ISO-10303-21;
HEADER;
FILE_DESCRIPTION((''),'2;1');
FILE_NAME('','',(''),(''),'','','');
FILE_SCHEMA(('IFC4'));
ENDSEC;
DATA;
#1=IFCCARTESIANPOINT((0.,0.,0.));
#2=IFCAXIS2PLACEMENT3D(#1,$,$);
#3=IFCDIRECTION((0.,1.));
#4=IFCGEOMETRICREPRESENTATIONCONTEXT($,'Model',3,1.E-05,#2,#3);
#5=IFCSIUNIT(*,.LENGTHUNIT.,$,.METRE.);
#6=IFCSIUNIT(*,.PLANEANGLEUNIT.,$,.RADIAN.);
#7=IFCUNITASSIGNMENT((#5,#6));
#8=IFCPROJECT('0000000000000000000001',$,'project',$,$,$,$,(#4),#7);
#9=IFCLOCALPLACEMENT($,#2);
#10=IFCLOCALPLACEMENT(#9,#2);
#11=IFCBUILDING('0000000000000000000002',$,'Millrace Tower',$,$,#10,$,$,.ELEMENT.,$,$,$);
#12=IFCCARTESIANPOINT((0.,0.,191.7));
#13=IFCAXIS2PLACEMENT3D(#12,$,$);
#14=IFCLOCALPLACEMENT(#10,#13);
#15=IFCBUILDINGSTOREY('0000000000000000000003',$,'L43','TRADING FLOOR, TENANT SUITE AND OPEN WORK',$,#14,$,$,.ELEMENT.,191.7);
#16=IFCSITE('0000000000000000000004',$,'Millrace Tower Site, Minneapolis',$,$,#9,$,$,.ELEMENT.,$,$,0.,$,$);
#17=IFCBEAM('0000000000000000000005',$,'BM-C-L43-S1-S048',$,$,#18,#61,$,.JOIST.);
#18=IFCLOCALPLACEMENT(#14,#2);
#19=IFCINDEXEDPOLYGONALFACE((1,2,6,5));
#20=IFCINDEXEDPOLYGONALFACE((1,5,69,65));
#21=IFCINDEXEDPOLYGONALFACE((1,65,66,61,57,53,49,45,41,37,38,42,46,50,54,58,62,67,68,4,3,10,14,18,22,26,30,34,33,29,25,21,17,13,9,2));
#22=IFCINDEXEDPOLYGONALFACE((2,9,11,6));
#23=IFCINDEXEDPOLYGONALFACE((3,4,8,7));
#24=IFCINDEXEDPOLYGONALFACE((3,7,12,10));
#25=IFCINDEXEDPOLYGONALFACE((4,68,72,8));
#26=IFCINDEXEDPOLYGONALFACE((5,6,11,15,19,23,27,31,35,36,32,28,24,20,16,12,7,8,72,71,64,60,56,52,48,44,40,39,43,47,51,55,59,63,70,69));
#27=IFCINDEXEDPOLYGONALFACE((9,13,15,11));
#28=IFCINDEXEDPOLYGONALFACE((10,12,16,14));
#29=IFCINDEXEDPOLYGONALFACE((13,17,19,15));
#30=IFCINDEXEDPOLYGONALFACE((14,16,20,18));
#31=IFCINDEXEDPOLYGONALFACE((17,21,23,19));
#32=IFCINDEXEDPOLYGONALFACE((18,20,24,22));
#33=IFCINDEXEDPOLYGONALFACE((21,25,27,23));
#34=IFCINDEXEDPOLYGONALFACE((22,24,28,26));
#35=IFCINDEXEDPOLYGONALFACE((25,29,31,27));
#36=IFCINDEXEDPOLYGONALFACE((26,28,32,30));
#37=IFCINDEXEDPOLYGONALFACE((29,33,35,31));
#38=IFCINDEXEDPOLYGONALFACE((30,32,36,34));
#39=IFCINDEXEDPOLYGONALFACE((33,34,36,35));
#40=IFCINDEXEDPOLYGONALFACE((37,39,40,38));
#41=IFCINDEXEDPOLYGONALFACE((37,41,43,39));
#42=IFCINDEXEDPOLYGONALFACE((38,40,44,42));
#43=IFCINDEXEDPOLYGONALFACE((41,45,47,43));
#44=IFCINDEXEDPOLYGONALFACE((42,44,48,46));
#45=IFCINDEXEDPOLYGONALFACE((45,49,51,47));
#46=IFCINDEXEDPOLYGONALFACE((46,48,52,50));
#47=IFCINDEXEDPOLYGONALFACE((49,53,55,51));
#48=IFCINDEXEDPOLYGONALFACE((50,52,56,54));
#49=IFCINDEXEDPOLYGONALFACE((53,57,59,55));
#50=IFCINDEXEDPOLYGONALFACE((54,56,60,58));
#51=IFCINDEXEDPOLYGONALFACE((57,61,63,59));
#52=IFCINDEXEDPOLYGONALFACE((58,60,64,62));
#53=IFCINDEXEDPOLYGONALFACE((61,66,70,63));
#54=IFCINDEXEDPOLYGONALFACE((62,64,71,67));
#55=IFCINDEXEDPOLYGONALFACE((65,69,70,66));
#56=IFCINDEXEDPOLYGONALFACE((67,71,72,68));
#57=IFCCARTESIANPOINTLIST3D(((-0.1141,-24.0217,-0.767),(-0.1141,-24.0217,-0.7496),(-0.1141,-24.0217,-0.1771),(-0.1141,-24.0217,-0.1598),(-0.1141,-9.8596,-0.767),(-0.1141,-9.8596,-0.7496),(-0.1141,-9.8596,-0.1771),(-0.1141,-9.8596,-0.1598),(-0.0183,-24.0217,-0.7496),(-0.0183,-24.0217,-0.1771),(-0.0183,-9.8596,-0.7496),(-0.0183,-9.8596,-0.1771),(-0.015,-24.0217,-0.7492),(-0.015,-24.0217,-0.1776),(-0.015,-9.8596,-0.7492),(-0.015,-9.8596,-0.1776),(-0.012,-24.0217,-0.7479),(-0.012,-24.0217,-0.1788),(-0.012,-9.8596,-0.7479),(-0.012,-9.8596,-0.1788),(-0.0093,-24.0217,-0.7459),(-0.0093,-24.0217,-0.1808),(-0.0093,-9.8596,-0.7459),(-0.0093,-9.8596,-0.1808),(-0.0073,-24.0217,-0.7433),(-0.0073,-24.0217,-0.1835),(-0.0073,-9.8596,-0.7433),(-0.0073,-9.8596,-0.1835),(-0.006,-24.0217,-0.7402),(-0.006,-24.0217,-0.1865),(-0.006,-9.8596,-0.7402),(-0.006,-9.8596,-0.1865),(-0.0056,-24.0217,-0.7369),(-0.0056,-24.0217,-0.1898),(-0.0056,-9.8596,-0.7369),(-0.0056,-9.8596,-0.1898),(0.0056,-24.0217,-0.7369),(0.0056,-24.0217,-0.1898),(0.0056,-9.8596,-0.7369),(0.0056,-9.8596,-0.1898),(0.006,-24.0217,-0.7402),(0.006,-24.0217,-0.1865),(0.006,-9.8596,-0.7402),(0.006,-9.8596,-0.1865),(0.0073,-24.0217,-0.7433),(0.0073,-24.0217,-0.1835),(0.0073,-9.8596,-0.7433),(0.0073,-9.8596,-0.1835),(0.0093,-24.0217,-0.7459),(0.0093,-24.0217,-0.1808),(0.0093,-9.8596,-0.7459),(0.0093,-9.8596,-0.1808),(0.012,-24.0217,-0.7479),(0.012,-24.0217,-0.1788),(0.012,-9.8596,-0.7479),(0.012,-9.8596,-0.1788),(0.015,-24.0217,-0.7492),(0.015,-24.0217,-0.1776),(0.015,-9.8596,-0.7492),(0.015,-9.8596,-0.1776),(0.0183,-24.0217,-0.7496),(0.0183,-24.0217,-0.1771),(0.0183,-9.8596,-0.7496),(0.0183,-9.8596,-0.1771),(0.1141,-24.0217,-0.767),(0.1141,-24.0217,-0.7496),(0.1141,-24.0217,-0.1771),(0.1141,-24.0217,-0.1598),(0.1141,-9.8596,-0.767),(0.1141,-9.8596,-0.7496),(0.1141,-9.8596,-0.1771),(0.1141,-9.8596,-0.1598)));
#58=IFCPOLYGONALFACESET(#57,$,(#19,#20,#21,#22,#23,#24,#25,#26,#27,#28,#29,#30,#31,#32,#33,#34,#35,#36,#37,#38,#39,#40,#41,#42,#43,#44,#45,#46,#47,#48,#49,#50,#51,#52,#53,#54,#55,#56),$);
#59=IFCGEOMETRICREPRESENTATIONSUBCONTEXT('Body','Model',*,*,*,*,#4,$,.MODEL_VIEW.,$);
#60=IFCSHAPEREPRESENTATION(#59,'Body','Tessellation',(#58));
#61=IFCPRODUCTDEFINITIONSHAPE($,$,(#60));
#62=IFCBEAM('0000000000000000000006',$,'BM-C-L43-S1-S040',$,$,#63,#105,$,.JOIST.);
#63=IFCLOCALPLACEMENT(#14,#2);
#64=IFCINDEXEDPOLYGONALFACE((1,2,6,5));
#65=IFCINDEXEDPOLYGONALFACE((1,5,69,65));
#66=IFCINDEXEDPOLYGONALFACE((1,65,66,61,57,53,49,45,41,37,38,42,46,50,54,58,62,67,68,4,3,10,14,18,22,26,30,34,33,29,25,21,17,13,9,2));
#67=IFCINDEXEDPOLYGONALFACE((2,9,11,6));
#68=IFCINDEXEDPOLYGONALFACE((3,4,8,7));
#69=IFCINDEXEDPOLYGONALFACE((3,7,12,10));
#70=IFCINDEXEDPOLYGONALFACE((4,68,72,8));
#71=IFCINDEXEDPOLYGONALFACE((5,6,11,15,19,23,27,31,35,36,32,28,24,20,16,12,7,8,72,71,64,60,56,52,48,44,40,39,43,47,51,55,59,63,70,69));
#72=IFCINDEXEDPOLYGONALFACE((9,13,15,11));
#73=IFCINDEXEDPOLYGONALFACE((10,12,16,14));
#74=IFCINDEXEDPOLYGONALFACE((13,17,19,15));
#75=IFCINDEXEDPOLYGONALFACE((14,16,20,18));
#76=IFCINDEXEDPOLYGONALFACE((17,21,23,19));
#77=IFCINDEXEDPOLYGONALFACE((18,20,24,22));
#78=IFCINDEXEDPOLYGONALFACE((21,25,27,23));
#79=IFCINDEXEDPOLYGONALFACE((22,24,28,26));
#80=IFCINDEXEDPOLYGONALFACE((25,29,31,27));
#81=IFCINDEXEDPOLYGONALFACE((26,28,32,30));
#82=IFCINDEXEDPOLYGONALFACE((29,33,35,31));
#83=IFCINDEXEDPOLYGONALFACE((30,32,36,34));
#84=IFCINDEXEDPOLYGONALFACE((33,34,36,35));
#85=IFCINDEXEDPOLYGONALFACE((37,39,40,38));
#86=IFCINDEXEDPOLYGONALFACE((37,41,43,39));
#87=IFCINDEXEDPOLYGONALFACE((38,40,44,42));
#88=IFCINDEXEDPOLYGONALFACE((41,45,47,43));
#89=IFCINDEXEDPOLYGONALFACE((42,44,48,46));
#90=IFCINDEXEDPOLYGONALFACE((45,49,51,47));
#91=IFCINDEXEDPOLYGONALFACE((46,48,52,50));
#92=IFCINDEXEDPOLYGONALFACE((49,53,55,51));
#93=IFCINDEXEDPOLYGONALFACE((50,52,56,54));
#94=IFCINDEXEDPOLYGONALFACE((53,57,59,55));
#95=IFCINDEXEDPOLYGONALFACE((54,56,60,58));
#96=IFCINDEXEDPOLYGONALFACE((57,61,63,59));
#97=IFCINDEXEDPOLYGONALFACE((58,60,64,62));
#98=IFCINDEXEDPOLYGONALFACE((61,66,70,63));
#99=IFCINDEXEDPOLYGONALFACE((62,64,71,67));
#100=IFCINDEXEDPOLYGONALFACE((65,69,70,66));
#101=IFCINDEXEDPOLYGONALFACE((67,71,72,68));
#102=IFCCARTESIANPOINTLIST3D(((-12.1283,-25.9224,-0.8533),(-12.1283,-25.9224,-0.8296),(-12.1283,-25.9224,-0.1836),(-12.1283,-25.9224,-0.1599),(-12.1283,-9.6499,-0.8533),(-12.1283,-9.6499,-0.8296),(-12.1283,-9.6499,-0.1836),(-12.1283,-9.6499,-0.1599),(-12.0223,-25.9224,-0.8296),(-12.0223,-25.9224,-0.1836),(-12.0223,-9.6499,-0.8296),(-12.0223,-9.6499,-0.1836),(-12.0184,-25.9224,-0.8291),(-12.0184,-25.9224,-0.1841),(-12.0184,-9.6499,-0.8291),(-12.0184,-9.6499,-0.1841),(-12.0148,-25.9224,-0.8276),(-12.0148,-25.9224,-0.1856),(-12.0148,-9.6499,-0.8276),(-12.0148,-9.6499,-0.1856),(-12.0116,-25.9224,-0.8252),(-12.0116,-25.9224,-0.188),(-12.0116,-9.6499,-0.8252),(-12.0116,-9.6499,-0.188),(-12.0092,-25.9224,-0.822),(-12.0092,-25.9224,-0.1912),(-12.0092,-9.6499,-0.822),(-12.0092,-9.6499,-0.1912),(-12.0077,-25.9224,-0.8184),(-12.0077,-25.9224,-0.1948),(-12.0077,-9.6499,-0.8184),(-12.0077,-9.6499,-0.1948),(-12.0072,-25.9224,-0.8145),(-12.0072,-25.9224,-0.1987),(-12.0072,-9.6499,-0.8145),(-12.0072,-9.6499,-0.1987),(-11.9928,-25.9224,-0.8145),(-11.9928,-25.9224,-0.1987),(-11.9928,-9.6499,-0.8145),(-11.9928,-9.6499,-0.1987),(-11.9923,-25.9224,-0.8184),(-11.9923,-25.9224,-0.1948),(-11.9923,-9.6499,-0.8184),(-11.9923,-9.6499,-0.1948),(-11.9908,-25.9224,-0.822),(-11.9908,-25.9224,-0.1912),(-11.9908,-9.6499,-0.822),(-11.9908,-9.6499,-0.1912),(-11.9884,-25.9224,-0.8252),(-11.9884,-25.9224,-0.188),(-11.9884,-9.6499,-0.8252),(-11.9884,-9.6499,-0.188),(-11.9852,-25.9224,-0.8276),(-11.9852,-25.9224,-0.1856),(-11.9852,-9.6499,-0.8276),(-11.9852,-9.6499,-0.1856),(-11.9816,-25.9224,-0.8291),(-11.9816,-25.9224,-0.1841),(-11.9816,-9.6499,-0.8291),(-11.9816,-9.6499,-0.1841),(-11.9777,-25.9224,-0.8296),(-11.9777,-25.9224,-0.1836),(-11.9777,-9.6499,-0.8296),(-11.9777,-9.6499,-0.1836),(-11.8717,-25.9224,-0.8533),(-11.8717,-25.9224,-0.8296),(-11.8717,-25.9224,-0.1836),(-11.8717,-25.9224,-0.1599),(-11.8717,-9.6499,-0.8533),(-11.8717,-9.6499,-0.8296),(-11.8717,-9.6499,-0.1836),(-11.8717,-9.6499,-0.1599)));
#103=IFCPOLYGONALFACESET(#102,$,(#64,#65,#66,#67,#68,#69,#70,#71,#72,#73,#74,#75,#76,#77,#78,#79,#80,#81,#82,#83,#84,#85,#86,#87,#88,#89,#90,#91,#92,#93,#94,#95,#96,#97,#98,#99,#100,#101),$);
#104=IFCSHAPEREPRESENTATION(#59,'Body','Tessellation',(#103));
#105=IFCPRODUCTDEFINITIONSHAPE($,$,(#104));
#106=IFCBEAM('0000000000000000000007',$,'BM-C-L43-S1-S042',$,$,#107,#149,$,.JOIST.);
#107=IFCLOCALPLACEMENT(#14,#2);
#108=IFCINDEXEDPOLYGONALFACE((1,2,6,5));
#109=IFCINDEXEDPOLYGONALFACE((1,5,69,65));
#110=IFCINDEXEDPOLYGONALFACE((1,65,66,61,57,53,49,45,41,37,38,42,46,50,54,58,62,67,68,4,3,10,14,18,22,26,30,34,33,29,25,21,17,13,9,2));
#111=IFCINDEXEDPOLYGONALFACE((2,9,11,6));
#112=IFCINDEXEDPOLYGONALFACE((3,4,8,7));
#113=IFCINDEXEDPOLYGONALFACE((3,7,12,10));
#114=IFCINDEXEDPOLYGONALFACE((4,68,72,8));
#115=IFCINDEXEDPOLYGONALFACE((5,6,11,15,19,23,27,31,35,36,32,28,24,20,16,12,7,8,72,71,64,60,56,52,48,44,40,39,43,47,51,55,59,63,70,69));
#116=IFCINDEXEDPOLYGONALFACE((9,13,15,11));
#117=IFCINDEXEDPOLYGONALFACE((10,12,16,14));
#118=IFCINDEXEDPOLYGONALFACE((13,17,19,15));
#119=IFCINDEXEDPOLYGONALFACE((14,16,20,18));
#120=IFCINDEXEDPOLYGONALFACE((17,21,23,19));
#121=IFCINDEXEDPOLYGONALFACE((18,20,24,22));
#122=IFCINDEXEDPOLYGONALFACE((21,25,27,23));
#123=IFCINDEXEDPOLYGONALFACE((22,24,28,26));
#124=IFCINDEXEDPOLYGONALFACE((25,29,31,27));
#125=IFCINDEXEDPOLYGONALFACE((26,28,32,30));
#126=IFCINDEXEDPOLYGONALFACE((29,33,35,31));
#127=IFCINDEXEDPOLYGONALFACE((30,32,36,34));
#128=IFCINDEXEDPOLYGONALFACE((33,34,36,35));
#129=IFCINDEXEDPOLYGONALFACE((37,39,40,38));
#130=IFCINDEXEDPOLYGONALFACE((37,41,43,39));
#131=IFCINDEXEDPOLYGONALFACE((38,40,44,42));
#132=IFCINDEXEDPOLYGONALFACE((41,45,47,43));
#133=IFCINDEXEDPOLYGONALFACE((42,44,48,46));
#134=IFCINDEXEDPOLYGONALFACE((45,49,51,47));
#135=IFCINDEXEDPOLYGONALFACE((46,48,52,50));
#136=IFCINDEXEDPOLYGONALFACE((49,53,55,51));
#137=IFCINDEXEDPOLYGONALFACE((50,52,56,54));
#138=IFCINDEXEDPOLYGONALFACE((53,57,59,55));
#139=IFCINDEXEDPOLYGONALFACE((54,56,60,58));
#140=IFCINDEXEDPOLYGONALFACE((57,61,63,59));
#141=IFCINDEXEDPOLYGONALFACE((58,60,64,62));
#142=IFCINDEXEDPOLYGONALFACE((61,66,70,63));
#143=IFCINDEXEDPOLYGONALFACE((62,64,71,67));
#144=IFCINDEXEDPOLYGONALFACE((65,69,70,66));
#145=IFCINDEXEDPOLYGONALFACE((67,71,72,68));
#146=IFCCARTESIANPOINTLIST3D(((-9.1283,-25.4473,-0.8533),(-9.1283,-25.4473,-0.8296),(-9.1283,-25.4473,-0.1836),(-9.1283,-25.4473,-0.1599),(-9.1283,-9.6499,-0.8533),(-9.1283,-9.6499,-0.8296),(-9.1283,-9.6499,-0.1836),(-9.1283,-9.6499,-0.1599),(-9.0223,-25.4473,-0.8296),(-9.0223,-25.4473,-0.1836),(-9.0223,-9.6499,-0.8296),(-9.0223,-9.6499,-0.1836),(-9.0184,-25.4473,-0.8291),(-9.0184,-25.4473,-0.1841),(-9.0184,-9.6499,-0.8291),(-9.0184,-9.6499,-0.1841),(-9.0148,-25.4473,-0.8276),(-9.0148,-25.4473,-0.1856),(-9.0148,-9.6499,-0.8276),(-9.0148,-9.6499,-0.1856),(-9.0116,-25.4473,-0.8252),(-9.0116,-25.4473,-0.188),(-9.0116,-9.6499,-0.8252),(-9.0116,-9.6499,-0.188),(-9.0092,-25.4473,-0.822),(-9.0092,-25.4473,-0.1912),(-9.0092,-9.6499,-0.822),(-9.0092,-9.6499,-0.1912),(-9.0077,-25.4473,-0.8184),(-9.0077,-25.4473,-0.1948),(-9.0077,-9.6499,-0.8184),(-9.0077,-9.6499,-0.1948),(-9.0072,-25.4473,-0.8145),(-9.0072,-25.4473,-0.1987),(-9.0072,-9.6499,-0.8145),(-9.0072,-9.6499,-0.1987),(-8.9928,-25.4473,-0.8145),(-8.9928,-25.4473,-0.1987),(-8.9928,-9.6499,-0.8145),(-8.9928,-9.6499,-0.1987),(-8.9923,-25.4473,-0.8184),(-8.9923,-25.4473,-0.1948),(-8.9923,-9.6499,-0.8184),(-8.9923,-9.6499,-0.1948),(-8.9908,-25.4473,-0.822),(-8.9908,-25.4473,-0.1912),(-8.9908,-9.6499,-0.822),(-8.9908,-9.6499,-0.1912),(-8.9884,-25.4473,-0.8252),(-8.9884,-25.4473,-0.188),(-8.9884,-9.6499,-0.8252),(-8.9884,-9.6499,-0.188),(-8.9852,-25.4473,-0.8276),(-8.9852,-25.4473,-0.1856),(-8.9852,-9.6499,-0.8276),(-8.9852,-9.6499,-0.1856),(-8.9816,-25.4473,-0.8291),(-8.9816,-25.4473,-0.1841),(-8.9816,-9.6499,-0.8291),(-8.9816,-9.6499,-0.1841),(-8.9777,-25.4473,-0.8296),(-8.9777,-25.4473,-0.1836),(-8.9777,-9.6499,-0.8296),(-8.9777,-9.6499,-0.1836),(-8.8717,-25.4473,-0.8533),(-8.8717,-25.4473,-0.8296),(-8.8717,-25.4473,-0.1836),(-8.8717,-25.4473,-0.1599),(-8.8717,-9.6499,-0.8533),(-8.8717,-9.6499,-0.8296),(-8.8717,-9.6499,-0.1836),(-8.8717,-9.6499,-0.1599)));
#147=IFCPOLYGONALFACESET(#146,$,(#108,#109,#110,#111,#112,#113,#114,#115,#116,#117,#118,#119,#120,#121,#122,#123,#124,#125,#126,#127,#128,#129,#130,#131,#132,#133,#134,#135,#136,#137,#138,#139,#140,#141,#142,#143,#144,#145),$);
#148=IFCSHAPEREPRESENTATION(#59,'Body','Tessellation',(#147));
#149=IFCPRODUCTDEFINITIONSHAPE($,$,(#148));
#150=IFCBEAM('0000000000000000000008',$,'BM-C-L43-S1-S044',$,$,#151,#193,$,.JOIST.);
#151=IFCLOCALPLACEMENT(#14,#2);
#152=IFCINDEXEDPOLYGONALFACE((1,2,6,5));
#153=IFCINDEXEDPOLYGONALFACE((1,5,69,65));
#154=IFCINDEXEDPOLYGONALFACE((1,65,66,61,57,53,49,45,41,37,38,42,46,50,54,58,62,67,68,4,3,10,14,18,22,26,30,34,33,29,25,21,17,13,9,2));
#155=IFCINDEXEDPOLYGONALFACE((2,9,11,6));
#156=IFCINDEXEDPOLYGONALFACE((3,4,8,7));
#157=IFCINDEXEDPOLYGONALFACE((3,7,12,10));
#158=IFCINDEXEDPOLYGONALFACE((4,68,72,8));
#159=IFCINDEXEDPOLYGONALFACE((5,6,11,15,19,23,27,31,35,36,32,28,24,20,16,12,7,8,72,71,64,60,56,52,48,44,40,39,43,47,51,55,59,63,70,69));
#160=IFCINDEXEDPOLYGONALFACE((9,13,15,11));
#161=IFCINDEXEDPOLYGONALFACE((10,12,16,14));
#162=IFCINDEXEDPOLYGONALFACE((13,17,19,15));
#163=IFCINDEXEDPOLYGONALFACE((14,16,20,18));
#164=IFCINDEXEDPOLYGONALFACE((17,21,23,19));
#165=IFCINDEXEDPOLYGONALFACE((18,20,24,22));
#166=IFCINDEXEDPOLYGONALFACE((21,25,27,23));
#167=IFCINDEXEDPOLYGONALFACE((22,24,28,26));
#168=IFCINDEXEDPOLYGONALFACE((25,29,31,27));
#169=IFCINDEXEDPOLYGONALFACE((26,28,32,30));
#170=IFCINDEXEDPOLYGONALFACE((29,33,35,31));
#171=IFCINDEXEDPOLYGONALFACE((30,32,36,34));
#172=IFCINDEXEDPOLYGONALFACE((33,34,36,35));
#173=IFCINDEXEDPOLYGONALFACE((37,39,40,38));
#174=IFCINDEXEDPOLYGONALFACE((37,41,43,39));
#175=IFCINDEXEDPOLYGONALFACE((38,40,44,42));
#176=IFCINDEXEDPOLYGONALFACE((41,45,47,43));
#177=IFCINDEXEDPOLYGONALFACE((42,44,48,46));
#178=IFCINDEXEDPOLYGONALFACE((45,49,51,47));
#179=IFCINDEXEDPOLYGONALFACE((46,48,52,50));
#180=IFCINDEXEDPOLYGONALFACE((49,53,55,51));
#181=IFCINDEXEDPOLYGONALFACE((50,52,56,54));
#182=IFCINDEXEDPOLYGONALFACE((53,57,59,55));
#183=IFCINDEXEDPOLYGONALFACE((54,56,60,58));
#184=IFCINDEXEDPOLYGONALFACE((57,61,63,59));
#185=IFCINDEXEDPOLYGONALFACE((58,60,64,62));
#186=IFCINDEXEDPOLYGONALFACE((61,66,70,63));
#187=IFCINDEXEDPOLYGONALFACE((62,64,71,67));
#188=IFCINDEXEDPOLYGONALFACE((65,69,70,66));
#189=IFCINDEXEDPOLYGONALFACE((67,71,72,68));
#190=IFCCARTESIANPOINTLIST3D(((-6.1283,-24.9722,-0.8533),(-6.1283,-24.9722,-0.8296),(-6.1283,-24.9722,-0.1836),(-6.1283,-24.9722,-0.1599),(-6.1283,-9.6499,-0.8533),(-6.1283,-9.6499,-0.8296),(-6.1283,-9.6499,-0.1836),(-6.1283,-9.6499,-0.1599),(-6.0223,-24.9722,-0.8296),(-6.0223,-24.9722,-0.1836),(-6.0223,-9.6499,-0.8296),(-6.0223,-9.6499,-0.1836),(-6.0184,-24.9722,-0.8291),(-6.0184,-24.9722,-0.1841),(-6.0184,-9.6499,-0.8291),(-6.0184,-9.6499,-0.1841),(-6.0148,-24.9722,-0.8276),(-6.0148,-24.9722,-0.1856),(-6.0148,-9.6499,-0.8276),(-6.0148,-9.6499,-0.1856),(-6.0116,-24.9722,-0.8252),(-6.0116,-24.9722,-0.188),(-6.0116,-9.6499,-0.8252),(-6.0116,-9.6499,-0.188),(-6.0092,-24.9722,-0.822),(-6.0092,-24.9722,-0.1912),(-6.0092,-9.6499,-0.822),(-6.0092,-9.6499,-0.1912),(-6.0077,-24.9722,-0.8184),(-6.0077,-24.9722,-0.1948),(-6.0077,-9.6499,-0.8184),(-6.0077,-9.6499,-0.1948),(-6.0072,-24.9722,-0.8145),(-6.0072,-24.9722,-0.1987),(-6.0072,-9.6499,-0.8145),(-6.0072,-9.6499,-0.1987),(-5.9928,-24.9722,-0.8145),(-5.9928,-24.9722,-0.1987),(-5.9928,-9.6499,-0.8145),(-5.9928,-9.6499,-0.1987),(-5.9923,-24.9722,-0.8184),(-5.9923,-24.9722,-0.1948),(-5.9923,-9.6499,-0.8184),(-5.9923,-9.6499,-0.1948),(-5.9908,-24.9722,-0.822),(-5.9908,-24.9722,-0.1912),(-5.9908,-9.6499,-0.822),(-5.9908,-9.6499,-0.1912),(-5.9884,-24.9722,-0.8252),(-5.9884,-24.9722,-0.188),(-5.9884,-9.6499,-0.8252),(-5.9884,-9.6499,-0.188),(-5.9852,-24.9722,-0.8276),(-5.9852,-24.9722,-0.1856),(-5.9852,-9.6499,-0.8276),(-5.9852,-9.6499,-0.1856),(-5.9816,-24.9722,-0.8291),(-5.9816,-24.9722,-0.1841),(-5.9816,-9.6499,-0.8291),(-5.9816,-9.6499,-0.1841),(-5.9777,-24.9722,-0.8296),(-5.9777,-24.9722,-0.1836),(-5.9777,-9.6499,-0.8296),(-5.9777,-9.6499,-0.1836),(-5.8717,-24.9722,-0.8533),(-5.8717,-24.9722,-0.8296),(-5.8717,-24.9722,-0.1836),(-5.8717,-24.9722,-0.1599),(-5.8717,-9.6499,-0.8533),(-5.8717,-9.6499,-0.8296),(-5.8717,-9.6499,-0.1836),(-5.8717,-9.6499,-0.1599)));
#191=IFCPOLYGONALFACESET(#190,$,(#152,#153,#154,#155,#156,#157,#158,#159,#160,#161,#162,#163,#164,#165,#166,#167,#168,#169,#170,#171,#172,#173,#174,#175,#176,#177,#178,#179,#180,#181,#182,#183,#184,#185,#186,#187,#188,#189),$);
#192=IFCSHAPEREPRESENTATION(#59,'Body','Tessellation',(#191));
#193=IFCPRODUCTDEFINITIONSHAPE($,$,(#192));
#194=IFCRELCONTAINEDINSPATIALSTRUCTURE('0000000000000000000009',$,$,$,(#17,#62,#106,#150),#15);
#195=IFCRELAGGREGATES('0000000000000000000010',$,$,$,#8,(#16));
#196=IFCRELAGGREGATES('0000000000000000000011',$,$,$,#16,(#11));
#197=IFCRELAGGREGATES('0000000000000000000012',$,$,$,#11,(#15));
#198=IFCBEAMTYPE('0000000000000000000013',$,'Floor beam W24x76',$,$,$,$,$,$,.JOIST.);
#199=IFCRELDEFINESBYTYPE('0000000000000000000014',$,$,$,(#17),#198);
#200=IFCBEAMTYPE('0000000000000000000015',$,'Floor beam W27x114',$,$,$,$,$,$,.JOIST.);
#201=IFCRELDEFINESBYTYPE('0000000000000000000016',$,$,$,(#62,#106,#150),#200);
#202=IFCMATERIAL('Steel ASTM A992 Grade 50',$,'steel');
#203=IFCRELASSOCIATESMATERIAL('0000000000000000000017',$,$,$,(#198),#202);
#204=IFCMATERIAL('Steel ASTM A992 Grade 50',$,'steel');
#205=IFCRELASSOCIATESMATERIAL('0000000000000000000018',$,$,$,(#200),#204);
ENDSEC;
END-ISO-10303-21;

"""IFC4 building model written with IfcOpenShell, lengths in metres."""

from ifc_helpers import new_model, si_unit, direction, frame, origin, origin_2d, place, context, subcontext, project, spatial, i_section, extrude, material, material_profile, profile_set, type_object, element, save


model = new_model("IFC4")

# Units and contexts
model_context = context("Model", 3, precision=1e-05, world=origin(), true_north=direction((0.0, 1.0)))
body_context = subcontext(model_context, "Body", "Model", "MODEL_VIEW")
ifc_project = project(units=[si_unit("LENGTHUNIT", "METRE"), si_unit("PLANEANGLEUNIT", "RADIAN")], contexts=[model_context])

# Site, building, storey
site_placement = place(None, origin())
site = spatial("IfcSite", under=ifc_project, at=site_placement, Name="Millrace Tower Site, Minneapolis", CompositionType="ELEMENT", RefElevation=0.0)
building_placement = place(site_placement, origin())
building = spatial("IfcBuilding", under=site, at=building_placement, Name="Millrace Tower", CompositionType="ELEMENT")
storey_placement = place(building_placement, frame((0.0, 0.0, 191.7)))
storey = spatial("IfcBuildingStorey", under=building, at=storey_placement, Name="L43", Description="TRADING FLOOR, TENANT SUITE AND OPEN WORK", CompositionType="ELEMENT", Elevation=191.7)

# Beams
ifc_material_1 = material(Name="Steel ASTM A992 Grade 50", Category="steel")
ifc_material_profile_1 = material_profile(ifc_material_1, i_section(OverallWidth=0.2283, OverallDepth=0.6072, WebThickness=0.0112, FlangeThickness=0.0173, FilletRadius=0.0127, at=origin_2d()))
ifc_profile_set_1 = profile_set([ifc_material_profile_1], Name="Steel ASTM A992 Grade 50")
beam_type_1 = type_object("IfcBeamType", Name="Floor beam W24x76", PredefinedType="JOIST", material=ifc_profile_set_1)
beam_1_placement = place(storey_placement, frame((0.0, -24.0217, -0.4634), z_axis=(0.0, 1.0, 0.0), x_axis=(-1.0, 0.0, 0.0)))
element("IfcBeam", 1, at=beam_1_placement, inside=storey, type_object=beam_type_1, Name="BM-C-L43-S1-S048", PredefinedType="JOIST", context=body_context, shape_type="SweptSolid", body=[
    extrude(i_section(OverallWidth=0.2283, OverallDepth=0.6072, WebThickness=0.0112, FlangeThickness=0.0173, FilletRadius=0.0127, at=origin_2d()), origin(), (0.0, 0.0, 1.0), 14.1621),
])
ifc_material_2 = material(Name="Steel ASTM A992 Grade 50", Category="steel")
ifc_material_profile_2 = material_profile(ifc_material_2, i_section(OverallWidth=0.2566, OverallDepth=0.6934, WebThickness=0.0144, FlangeThickness=0.0237, FilletRadius=0.0151, at=origin_2d()))
ifc_profile_set_2 = profile_set([ifc_material_profile_2], Name="Steel ASTM A992 Grade 50")
beam_type_2 = type_object("IfcBeamType", Name="Floor beam W27x114", PredefinedType="JOIST", material=ifc_profile_set_2)
beam_2_placement = place(storey_placement, frame((-12.0, -25.9224, -0.5066), z_axis=(0.0, 1.0, 0.0), x_axis=(-1.0, 0.0, 0.0)))
element("IfcBeam", 2, at=beam_2_placement, inside=storey, type_object=beam_type_2, Name="BM-C-L43-S1-S040", PredefinedType="JOIST", context=body_context, shape_type="SweptSolid", body=[
    extrude(i_section(OverallWidth=0.2566, OverallDepth=0.6934, WebThickness=0.0144, FlangeThickness=0.0237, FilletRadius=0.0151, at=origin_2d()), origin(), (0.0, 0.0, 1.0), 16.2725),
])
beam_3_placement = place(storey_placement, frame((-9.0, -25.4473, -0.5066), z_axis=(0.0, 1.0, 0.0), x_axis=(-1.0, 0.0, 0.0)))
element("IfcBeam", 3, at=beam_3_placement, inside=storey, type_object=beam_type_2, Name="BM-C-L43-S1-S042", PredefinedType="JOIST", context=body_context, shape_type="SweptSolid", body=[
    extrude(i_section(OverallWidth=0.2566, OverallDepth=0.6934, WebThickness=0.0144, FlangeThickness=0.0237, FilletRadius=0.0151, at=origin_2d()), origin(), (0.0, 0.0, 1.0), 15.7974),
])
beam_4_placement = place(storey_placement, frame((-6.0, -24.9722, -0.5066), z_axis=(0.0, 1.0, 0.0), x_axis=(-1.0, 0.0, 0.0)))
element("IfcBeam", 4, at=beam_4_placement, inside=storey, type_object=beam_type_2, Name="BM-C-L43-S1-S044", PredefinedType="JOIST", context=body_context, shape_type="SweptSolid", body=[
    extrude(i_section(OverallWidth=0.2566, OverallDepth=0.6934, WebThickness=0.0144, FlangeThickness=0.0237, FilletRadius=0.0151, at=origin_2d()), origin(), (0.0, 0.0, 1.0), 15.3223),
])

save(model, "model.ifc")
